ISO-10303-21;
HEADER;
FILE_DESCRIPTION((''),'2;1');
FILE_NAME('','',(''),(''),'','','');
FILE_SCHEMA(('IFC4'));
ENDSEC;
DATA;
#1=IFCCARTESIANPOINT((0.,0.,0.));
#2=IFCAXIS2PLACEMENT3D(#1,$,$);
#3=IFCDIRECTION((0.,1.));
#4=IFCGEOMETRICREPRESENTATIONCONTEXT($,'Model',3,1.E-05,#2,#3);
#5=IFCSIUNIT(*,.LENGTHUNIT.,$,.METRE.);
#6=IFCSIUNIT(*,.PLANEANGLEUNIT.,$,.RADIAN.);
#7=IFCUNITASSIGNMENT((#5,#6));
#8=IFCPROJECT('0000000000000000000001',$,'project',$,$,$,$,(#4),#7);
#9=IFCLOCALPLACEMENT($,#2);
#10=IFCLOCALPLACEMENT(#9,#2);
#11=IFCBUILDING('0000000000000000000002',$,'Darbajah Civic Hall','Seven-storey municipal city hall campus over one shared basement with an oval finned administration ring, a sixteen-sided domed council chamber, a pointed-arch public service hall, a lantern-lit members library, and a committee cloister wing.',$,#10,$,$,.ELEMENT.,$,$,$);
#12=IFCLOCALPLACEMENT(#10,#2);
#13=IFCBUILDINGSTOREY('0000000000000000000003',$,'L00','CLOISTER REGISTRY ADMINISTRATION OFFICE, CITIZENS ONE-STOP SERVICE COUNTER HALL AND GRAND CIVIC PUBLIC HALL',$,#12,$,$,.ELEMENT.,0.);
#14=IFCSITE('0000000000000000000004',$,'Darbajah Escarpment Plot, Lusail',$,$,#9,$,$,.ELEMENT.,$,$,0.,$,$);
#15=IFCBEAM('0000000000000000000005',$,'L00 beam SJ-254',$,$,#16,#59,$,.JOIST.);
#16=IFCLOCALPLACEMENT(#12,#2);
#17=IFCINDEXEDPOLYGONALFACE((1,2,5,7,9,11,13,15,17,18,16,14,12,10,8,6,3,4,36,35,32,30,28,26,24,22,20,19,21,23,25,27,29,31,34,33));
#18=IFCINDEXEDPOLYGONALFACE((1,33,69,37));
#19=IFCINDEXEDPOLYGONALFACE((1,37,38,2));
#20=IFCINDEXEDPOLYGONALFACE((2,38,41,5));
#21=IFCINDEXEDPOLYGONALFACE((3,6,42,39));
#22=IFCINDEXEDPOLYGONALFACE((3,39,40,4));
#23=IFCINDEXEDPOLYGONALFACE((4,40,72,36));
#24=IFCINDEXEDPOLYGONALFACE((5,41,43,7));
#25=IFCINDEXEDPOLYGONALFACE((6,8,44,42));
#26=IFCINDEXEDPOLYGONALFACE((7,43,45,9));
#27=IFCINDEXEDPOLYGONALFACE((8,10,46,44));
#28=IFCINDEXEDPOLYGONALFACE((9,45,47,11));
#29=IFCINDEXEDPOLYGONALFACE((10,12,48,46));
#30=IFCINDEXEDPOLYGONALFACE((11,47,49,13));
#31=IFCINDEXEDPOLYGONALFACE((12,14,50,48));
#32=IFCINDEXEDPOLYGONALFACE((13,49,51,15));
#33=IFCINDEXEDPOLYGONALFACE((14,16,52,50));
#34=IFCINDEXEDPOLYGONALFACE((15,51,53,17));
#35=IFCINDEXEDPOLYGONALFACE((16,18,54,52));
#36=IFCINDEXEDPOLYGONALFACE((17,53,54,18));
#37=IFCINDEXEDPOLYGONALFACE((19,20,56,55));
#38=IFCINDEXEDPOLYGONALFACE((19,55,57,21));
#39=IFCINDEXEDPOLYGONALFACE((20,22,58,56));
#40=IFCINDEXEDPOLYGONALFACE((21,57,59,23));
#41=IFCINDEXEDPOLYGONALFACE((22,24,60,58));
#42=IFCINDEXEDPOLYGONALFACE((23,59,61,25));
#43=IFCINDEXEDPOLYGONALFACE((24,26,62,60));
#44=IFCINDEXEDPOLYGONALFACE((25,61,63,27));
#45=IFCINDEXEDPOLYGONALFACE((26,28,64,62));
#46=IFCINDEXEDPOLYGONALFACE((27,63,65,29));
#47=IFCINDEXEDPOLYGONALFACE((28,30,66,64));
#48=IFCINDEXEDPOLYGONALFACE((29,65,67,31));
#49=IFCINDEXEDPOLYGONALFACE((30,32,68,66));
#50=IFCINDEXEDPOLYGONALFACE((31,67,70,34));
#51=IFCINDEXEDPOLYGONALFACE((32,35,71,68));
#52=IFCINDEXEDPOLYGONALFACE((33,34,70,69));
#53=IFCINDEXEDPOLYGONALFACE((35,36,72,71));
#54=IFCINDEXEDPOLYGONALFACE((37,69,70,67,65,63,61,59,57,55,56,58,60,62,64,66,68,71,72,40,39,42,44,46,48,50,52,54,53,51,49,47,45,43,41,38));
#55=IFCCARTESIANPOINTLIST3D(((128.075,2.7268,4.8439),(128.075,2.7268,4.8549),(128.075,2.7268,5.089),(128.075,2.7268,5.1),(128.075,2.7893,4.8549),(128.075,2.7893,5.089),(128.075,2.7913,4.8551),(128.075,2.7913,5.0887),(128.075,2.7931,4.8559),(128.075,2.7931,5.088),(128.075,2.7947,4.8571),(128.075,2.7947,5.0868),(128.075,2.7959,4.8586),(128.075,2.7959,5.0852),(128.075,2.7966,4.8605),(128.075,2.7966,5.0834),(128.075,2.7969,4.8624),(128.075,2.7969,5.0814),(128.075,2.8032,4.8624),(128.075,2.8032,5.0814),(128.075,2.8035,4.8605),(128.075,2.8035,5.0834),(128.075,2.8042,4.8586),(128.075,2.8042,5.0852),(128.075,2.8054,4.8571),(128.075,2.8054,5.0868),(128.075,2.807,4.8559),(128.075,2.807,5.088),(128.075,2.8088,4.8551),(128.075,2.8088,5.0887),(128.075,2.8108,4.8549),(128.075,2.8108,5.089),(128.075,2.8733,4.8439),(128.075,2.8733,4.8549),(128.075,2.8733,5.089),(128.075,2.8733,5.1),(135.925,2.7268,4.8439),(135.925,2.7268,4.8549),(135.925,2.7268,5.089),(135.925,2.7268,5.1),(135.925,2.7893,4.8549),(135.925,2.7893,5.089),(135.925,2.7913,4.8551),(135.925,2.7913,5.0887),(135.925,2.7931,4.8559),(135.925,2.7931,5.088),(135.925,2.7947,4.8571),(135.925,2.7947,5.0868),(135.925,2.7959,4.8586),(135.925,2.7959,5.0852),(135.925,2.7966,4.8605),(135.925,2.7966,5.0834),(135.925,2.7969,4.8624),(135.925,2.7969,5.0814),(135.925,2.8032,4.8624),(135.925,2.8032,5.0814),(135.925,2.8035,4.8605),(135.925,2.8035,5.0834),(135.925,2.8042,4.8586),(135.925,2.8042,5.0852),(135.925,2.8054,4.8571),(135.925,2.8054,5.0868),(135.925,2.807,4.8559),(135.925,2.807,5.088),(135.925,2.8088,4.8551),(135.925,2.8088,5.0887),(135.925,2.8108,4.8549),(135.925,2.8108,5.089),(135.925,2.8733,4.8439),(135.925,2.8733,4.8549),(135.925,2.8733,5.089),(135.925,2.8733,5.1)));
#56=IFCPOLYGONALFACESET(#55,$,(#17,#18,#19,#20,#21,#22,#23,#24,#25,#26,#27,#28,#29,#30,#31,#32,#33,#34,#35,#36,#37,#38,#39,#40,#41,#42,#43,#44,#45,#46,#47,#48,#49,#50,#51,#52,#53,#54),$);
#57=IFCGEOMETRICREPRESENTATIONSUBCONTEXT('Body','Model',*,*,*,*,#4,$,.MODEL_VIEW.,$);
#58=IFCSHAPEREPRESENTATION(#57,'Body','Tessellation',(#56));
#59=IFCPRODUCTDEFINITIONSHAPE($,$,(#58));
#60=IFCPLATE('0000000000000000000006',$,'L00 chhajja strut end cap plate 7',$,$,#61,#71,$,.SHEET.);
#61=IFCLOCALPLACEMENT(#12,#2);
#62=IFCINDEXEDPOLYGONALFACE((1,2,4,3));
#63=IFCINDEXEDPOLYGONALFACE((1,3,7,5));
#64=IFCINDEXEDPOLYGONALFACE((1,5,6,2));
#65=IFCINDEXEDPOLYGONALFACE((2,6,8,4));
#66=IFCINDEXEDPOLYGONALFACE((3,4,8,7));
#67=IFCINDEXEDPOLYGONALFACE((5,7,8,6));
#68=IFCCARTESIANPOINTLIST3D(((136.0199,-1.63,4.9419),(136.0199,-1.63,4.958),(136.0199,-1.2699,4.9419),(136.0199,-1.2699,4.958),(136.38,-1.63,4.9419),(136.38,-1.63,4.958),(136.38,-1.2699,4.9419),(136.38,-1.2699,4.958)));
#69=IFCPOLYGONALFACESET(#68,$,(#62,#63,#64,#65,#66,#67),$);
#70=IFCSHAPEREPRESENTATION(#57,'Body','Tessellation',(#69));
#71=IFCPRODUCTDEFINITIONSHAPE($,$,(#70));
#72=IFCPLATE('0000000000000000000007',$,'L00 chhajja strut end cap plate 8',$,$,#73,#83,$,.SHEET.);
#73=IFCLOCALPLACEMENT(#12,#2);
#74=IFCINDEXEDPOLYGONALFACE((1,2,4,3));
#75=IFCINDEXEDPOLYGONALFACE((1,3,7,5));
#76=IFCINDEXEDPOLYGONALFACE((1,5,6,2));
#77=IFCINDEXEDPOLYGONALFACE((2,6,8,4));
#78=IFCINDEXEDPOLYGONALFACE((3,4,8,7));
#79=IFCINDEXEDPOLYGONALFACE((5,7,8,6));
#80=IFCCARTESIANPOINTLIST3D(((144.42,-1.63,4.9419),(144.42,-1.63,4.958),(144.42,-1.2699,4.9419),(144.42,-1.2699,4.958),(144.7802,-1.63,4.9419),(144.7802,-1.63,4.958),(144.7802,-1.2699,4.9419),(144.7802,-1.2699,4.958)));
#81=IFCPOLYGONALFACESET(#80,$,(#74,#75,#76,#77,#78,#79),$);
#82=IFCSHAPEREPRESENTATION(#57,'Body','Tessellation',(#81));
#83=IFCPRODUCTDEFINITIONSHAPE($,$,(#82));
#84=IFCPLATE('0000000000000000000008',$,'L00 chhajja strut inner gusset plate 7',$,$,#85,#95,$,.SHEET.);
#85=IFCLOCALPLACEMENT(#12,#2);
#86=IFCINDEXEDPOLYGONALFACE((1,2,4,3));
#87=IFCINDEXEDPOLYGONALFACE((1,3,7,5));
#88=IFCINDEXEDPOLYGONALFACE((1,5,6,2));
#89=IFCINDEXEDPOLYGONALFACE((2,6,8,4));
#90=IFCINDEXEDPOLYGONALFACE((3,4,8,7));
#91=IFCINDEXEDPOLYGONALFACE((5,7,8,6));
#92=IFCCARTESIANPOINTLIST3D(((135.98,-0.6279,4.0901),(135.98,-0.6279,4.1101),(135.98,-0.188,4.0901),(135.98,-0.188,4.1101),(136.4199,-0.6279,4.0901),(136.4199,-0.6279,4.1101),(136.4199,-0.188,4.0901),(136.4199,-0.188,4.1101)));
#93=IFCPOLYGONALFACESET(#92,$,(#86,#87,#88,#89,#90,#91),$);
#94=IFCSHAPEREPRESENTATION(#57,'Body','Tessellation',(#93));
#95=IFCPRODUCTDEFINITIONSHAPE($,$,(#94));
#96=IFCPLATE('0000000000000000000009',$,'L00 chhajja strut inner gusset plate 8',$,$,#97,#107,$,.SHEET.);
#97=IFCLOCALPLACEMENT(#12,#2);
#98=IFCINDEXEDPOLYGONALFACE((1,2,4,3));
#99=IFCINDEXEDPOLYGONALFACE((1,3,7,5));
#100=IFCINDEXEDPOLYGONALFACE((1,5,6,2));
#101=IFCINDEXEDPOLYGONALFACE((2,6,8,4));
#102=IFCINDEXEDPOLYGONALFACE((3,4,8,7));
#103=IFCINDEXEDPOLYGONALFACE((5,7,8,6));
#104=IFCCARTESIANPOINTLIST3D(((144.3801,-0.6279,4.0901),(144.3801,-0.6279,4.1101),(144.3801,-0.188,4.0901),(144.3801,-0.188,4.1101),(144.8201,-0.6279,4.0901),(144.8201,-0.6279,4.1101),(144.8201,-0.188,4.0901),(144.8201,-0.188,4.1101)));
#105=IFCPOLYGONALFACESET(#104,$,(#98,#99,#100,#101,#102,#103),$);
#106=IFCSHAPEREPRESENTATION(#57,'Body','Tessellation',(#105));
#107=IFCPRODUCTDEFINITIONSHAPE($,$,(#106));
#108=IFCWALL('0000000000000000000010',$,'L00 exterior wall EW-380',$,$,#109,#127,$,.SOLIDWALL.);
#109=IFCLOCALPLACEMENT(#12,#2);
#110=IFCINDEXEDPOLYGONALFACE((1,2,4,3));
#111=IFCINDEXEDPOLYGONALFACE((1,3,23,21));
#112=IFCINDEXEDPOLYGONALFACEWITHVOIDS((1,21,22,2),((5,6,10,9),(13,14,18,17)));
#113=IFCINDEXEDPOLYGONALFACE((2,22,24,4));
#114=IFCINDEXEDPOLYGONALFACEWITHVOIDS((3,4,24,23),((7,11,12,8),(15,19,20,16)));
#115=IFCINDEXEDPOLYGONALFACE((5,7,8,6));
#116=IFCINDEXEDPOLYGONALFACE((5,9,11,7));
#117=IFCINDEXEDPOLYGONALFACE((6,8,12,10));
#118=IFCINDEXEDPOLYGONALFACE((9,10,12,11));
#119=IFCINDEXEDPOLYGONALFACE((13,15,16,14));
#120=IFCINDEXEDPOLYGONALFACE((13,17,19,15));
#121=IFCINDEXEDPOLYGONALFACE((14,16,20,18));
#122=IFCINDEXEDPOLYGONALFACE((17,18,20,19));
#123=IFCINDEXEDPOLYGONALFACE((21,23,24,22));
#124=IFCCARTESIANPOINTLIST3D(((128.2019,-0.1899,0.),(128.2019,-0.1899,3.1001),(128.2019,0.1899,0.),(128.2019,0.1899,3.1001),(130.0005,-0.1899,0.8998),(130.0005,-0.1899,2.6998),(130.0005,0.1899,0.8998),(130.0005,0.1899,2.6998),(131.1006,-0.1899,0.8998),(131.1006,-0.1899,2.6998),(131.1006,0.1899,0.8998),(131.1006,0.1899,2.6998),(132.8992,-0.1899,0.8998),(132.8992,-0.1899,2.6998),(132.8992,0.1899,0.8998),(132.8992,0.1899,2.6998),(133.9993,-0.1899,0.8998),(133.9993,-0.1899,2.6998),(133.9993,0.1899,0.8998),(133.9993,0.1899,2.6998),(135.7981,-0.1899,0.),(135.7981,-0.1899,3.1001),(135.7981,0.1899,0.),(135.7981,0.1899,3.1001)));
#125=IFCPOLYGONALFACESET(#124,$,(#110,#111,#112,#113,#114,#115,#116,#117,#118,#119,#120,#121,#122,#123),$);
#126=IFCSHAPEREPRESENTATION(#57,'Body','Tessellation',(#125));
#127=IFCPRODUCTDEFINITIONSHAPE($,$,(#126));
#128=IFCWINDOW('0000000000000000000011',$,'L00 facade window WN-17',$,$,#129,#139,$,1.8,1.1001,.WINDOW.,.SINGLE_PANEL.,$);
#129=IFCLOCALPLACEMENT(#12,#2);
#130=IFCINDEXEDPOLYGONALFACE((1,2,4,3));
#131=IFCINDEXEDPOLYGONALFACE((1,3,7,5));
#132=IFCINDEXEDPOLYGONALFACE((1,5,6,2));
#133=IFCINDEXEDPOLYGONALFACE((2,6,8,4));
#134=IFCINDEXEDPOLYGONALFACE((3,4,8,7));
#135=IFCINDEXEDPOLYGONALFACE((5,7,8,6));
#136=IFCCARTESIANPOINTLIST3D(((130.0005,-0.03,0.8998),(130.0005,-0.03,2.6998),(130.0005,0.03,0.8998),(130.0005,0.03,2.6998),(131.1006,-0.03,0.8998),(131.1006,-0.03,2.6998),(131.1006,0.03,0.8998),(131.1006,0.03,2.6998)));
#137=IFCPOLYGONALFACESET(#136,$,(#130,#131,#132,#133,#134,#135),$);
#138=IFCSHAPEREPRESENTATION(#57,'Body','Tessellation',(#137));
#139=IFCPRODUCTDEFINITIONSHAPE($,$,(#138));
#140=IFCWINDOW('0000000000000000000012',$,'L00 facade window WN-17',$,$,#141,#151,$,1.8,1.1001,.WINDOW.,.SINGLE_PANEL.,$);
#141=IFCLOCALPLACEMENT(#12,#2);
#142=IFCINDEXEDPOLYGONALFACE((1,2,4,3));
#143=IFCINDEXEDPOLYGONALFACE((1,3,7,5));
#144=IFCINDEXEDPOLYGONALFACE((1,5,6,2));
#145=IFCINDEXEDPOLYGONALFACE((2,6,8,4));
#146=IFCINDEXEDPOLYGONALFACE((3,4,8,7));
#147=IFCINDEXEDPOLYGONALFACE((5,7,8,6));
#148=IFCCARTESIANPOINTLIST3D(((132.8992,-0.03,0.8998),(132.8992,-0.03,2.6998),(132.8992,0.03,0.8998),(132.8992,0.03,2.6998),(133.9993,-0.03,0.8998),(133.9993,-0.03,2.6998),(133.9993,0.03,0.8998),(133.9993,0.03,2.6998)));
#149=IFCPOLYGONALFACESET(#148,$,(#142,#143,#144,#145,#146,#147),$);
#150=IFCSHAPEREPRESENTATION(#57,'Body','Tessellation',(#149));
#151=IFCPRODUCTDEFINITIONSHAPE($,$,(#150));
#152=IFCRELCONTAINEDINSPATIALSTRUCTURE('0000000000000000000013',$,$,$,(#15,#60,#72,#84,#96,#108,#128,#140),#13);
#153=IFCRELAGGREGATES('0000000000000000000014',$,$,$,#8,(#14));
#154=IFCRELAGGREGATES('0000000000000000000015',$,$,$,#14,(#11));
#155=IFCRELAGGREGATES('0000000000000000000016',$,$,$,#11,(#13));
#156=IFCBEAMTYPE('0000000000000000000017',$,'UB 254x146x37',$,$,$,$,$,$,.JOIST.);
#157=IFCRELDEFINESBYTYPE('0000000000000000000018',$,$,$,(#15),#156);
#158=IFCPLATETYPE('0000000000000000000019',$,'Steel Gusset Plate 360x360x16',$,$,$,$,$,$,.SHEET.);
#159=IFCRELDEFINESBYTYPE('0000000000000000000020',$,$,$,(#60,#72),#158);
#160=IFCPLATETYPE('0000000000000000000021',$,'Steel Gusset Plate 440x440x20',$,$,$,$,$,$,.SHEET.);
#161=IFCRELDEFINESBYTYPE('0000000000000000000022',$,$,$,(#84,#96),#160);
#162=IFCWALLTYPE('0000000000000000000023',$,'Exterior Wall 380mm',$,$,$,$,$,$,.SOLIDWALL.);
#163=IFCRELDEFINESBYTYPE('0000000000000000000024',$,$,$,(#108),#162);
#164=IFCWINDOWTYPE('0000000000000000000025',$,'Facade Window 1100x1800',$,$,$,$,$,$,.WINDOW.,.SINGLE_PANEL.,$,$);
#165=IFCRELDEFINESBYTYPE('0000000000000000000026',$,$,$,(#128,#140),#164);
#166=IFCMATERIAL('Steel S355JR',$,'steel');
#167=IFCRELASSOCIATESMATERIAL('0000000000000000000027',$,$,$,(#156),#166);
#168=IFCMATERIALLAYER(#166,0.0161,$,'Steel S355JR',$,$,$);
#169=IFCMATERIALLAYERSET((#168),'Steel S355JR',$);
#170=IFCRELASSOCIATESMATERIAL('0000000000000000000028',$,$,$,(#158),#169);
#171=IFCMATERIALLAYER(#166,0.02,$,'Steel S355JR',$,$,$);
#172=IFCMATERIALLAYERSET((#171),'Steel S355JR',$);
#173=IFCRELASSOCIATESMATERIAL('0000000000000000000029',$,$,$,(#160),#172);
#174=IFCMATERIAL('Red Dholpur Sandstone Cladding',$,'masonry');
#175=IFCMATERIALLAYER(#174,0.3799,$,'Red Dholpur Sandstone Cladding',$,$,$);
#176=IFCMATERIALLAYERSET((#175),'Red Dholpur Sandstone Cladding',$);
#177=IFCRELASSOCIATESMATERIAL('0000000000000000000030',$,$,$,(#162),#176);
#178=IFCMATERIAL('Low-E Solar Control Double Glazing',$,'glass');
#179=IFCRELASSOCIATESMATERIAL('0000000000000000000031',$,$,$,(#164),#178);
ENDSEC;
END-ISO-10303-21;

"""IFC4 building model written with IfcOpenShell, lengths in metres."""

from ifc_helpers import new_model, si_unit, direction, frame, frame_2d, origin, origin_2d, place, context, subcontext, project, spatial, rectangle, i_section, extrude, material, layer, layer_set, material_profile, profile_set, type_object, element, fill, save


model = new_model("IFC4")

# Units and contexts
model_context = context("Model", 3, precision=1e-05, world=origin(), true_north=direction((0.0, 1.0)))
body_context = subcontext(model_context, "Body", "Model", "MODEL_VIEW")
ifc_project = project(units=[si_unit("LENGTHUNIT", "METRE"), si_unit("PLANEANGLEUNIT", "RADIAN")], contexts=[model_context])

# Site, building, storey
site_placement = place(None, origin())
site = spatial("IfcSite", under=ifc_project, at=site_placement, Name="Darbajah Escarpment Plot, Lusail", CompositionType="ELEMENT", RefElevation=0.0)
building_placement = place(site_placement, origin())
building = spatial("IfcBuilding", under=site, at=building_placement, Name="Darbajah Civic Hall", Description="Seven-storey municipal city hall campus over one shared basement with an oval finned administration ring, a sixteen-sided domed council chamber, a pointed-arch public service hall, a lantern-lit members library, and a committee cloister wing.", CompositionType="ELEMENT")
storey_placement = place(building_placement, origin())
storey = spatial("IfcBuildingStorey", under=building, at=storey_placement, Name="L00", Description="CLOISTER REGISTRY ADMINISTRATION OFFICE, CITIZENS ONE-STOP SERVICE COUNTER HALL AND GRAND CIVIC PUBLIC HALL", CompositionType="ELEMENT", Elevation=0.0)

# Shared definitions
ifc_material_1 = material(Name="Steel S355JR", Category="steel")

# Beam
ifc_material_profile_1 = material_profile(ifc_material_1, i_section(OverallWidth=0.1465, OverallDepth=0.2561, WebThickness=0.0063, FlangeThickness=0.011, FilletRadius=0.0076, at=origin_2d()), Name="UB 254x146x37")
ifc_profile_set_1 = profile_set([ifc_material_profile_1], Name="Steel S355JR")
beam_type_1 = type_object("IfcBeamType", Name="UB 254x146x37", PredefinedType="JOIST", material=ifc_profile_set_1)
beam_1_placement = place(storey_placement, frame((128.075, 2.8, 4.9719), z_axis=(1.0, 0.0, 0.0), x_axis=(0.0, 1.0, 0.0)))
element("IfcBeam", 1, at=beam_1_placement, inside=storey, type_object=beam_type_1, Name="L00 beam SJ-254", PredefinedType="JOIST", context=body_context, shape_type="SweptSolid", body=[
    extrude(i_section(OverallWidth=0.1465, OverallDepth=0.2561, WebThickness=0.0063, FlangeThickness=0.011, FilletRadius=0.0076, at=origin_2d()), origin(), (0.0, 0.0, 1.0), 7.8501),
])

# Plates
ifc_layer_1 = layer(ifc_material_1, 0.0161, Name="Steel S355JR")
ifc_layer_set_1 = layer_set([ifc_layer_1], Name="Steel S355JR")
plate_type_1 = type_object("IfcPlateType", Name="Steel Gusset Plate 360x360x16", PredefinedType="SHEET", material=ifc_layer_set_1)
for number, where, z_axis, x_axis, name in (
    (2, (136.2, -1.45, 4.9419), (0.0, 0.0, 1.0), (1.0, 0.0, 0.0), "L00 chhajja strut end cap plate 7"),
    (3, (144.6001, -1.45, 4.9419), (0.0, 0.0, 1.0), (1.0, 0.0, 0.0), "L00 chhajja strut end cap plate 8"),
):
    element("IfcPlate", number, at=place(storey_placement, frame(where, z_axis=z_axis, x_axis=x_axis)), inside=storey, type_object=plate_type_1, Name=name, PredefinedType="SHEET", context=body_context, shape_type="SweptSolid", body=[
        extrude(rectangle(XDim=0.3601, YDim=0.3601, at=origin_2d()), origin(), (0.0, 0.0, 1.0), 0.0161),
    ])
ifc_layer_2 = layer(ifc_material_1, 0.02, Name="Steel S355JR")
ifc_layer_set_2 = layer_set([ifc_layer_2], Name="Steel S355JR")
plate_type_2 = type_object("IfcPlateType", Name="Steel Gusset Plate 440x440x20", PredefinedType="SHEET", material=ifc_layer_set_2)
for number, where, z_axis, x_axis, name in (
    (4, (136.2, -0.408, 4.0901), (0.0, 0.0, 1.0), (1.0, 0.0, 0.0), "L00 chhajja strut inner gusset plate 7"),
    (5, (144.6001, -0.408, 4.0901), (0.0, 0.0, 1.0), (1.0, 0.0, 0.0), "L00 chhajja strut inner gusset plate 8"),
):
    element("IfcPlate", number, at=place(storey_placement, frame(where, z_axis=z_axis, x_axis=x_axis)), inside=storey, type_object=plate_type_2, Name=name, PredefinedType="SHEET", context=body_context, shape_type="SweptSolid", body=[
        extrude(rectangle(XDim=0.4399, YDim=0.4399, at=origin_2d()), origin(), (0.0, 0.0, 1.0), 0.02),
    ])

# Wall, openings, windows
ifc_material_2 = material(Name="Red Dholpur Sandstone Cladding", Category="masonry")
ifc_layer_3 = layer(ifc_material_2, 0.3799, Name="Red Dholpur Sandstone Cladding")
ifc_layer_set_3 = layer_set([ifc_layer_3], Name="Red Dholpur Sandstone Cladding")
wall_type = type_object("IfcWallType", Name="Exterior Wall 380mm", PredefinedType="SOLIDWALL", material=ifc_layer_set_3)
wall_1_placement = place(storey_placement, frame((128.2019, 0.0, 0.0), z_axis=(0.0, 0.0, 1.0), x_axis=(1.0, 0.0, 0.0)))
wall_1 = element("IfcWall", 6, at=wall_1_placement, inside=storey, type_object=wall_type, Name="L00 exterior wall EW-380", PredefinedType="SOLIDWALL", context=body_context, shape_type="SweptSolid", body=[
    extrude(rectangle(XDim=7.5962, YDim=0.3799, at=frame_2d((3.7981, 0.0))), origin(), (0.0, 0.0, 1.0), 3.1001),
])
opening_1_placement = place(wall_1_placement, frame((1.7986, 0.0, 0.8999)))
opening_1 = element("IfcOpeningElement", 7, at=opening_1_placement, cuts=wall_1, PredefinedType="OPENING", context=body_context, shape_type="SweptSolid", body=[
    extrude(rectangle(XDim=1.1001, YDim=1.8, at=frame_2d((0.55, 0.8999))), frame((0.0, 0.2, 0.0), z_axis=(0.0, -1.0, 0.0), x_axis=(1.0, 0.0, 0.0)), (0.0, 0.0, 1.0), 0.3999),
])
opening_2_placement = place(wall_1_placement, frame((4.6973, 0.0, 0.8999)))
opening_2 = element("IfcOpeningElement", 8, at=opening_2_placement, cuts=wall_1, PredefinedType="OPENING", context=body_context, shape_type="SweptSolid", body=[
    extrude(rectangle(XDim=1.1001, YDim=1.8, at=frame_2d((0.55, 0.8999))), frame((0.0, 0.2, 0.0), z_axis=(0.0, -1.0, 0.0), x_axis=(1.0, 0.0, 0.0)), (0.0, 0.0, 1.0), 0.3999),
])
ifc_material_3 = material(Name="Low-E Solar Control Double Glazing", Category="glass")
window_type = type_object("IfcWindowType", Name="Facade Window 1100x1800", PartitioningType="SINGLE_PANEL", PredefinedType="WINDOW", material=ifc_material_3)
window_1_placement = place(opening_1_placement, origin())
window_1 = element("IfcWindow", 9, at=window_1_placement, inside=storey, type_object=window_type, Name="L00 facade window WN-17", OverallHeight=1.8, OverallWidth=1.1001, PartitioningType="SINGLE_PANEL", PredefinedType="WINDOW", context=body_context, shape_type="SweptSolid", body=[
    extrude(rectangle(XDim=1.1001, YDim=1.8, at=frame_2d((0.55, 0.8999))), frame((0.0, 0.03, 0.0), z_axis=(0.0, -1.0, 0.0), x_axis=(1.0, 0.0, 0.0)), (0.0, 0.0, 1.0), 0.0601),
])
fill(opening_1, window_1)
window_2_placement = place(opening_2_placement, origin())
window_2 = element("IfcWindow", 10, at=window_2_placement, inside=storey, type_object=window_type, Name="L00 facade window WN-17", OverallHeight=1.8, OverallWidth=1.1001, PartitioningType="SINGLE_PANEL", PredefinedType="WINDOW", context=body_context, shape_type="SweptSolid", body=[
    extrude(rectangle(XDim=1.1001, YDim=1.8, at=frame_2d((0.55, 0.8999))), frame((0.0, 0.03, 0.0), z_axis=(0.0, -1.0, 0.0), x_axis=(1.0, 0.0, 0.0)), (0.0, 0.0, 1.0), 0.0601),
])
fill(opening_2, window_2)

save(model, "model.ifc")
